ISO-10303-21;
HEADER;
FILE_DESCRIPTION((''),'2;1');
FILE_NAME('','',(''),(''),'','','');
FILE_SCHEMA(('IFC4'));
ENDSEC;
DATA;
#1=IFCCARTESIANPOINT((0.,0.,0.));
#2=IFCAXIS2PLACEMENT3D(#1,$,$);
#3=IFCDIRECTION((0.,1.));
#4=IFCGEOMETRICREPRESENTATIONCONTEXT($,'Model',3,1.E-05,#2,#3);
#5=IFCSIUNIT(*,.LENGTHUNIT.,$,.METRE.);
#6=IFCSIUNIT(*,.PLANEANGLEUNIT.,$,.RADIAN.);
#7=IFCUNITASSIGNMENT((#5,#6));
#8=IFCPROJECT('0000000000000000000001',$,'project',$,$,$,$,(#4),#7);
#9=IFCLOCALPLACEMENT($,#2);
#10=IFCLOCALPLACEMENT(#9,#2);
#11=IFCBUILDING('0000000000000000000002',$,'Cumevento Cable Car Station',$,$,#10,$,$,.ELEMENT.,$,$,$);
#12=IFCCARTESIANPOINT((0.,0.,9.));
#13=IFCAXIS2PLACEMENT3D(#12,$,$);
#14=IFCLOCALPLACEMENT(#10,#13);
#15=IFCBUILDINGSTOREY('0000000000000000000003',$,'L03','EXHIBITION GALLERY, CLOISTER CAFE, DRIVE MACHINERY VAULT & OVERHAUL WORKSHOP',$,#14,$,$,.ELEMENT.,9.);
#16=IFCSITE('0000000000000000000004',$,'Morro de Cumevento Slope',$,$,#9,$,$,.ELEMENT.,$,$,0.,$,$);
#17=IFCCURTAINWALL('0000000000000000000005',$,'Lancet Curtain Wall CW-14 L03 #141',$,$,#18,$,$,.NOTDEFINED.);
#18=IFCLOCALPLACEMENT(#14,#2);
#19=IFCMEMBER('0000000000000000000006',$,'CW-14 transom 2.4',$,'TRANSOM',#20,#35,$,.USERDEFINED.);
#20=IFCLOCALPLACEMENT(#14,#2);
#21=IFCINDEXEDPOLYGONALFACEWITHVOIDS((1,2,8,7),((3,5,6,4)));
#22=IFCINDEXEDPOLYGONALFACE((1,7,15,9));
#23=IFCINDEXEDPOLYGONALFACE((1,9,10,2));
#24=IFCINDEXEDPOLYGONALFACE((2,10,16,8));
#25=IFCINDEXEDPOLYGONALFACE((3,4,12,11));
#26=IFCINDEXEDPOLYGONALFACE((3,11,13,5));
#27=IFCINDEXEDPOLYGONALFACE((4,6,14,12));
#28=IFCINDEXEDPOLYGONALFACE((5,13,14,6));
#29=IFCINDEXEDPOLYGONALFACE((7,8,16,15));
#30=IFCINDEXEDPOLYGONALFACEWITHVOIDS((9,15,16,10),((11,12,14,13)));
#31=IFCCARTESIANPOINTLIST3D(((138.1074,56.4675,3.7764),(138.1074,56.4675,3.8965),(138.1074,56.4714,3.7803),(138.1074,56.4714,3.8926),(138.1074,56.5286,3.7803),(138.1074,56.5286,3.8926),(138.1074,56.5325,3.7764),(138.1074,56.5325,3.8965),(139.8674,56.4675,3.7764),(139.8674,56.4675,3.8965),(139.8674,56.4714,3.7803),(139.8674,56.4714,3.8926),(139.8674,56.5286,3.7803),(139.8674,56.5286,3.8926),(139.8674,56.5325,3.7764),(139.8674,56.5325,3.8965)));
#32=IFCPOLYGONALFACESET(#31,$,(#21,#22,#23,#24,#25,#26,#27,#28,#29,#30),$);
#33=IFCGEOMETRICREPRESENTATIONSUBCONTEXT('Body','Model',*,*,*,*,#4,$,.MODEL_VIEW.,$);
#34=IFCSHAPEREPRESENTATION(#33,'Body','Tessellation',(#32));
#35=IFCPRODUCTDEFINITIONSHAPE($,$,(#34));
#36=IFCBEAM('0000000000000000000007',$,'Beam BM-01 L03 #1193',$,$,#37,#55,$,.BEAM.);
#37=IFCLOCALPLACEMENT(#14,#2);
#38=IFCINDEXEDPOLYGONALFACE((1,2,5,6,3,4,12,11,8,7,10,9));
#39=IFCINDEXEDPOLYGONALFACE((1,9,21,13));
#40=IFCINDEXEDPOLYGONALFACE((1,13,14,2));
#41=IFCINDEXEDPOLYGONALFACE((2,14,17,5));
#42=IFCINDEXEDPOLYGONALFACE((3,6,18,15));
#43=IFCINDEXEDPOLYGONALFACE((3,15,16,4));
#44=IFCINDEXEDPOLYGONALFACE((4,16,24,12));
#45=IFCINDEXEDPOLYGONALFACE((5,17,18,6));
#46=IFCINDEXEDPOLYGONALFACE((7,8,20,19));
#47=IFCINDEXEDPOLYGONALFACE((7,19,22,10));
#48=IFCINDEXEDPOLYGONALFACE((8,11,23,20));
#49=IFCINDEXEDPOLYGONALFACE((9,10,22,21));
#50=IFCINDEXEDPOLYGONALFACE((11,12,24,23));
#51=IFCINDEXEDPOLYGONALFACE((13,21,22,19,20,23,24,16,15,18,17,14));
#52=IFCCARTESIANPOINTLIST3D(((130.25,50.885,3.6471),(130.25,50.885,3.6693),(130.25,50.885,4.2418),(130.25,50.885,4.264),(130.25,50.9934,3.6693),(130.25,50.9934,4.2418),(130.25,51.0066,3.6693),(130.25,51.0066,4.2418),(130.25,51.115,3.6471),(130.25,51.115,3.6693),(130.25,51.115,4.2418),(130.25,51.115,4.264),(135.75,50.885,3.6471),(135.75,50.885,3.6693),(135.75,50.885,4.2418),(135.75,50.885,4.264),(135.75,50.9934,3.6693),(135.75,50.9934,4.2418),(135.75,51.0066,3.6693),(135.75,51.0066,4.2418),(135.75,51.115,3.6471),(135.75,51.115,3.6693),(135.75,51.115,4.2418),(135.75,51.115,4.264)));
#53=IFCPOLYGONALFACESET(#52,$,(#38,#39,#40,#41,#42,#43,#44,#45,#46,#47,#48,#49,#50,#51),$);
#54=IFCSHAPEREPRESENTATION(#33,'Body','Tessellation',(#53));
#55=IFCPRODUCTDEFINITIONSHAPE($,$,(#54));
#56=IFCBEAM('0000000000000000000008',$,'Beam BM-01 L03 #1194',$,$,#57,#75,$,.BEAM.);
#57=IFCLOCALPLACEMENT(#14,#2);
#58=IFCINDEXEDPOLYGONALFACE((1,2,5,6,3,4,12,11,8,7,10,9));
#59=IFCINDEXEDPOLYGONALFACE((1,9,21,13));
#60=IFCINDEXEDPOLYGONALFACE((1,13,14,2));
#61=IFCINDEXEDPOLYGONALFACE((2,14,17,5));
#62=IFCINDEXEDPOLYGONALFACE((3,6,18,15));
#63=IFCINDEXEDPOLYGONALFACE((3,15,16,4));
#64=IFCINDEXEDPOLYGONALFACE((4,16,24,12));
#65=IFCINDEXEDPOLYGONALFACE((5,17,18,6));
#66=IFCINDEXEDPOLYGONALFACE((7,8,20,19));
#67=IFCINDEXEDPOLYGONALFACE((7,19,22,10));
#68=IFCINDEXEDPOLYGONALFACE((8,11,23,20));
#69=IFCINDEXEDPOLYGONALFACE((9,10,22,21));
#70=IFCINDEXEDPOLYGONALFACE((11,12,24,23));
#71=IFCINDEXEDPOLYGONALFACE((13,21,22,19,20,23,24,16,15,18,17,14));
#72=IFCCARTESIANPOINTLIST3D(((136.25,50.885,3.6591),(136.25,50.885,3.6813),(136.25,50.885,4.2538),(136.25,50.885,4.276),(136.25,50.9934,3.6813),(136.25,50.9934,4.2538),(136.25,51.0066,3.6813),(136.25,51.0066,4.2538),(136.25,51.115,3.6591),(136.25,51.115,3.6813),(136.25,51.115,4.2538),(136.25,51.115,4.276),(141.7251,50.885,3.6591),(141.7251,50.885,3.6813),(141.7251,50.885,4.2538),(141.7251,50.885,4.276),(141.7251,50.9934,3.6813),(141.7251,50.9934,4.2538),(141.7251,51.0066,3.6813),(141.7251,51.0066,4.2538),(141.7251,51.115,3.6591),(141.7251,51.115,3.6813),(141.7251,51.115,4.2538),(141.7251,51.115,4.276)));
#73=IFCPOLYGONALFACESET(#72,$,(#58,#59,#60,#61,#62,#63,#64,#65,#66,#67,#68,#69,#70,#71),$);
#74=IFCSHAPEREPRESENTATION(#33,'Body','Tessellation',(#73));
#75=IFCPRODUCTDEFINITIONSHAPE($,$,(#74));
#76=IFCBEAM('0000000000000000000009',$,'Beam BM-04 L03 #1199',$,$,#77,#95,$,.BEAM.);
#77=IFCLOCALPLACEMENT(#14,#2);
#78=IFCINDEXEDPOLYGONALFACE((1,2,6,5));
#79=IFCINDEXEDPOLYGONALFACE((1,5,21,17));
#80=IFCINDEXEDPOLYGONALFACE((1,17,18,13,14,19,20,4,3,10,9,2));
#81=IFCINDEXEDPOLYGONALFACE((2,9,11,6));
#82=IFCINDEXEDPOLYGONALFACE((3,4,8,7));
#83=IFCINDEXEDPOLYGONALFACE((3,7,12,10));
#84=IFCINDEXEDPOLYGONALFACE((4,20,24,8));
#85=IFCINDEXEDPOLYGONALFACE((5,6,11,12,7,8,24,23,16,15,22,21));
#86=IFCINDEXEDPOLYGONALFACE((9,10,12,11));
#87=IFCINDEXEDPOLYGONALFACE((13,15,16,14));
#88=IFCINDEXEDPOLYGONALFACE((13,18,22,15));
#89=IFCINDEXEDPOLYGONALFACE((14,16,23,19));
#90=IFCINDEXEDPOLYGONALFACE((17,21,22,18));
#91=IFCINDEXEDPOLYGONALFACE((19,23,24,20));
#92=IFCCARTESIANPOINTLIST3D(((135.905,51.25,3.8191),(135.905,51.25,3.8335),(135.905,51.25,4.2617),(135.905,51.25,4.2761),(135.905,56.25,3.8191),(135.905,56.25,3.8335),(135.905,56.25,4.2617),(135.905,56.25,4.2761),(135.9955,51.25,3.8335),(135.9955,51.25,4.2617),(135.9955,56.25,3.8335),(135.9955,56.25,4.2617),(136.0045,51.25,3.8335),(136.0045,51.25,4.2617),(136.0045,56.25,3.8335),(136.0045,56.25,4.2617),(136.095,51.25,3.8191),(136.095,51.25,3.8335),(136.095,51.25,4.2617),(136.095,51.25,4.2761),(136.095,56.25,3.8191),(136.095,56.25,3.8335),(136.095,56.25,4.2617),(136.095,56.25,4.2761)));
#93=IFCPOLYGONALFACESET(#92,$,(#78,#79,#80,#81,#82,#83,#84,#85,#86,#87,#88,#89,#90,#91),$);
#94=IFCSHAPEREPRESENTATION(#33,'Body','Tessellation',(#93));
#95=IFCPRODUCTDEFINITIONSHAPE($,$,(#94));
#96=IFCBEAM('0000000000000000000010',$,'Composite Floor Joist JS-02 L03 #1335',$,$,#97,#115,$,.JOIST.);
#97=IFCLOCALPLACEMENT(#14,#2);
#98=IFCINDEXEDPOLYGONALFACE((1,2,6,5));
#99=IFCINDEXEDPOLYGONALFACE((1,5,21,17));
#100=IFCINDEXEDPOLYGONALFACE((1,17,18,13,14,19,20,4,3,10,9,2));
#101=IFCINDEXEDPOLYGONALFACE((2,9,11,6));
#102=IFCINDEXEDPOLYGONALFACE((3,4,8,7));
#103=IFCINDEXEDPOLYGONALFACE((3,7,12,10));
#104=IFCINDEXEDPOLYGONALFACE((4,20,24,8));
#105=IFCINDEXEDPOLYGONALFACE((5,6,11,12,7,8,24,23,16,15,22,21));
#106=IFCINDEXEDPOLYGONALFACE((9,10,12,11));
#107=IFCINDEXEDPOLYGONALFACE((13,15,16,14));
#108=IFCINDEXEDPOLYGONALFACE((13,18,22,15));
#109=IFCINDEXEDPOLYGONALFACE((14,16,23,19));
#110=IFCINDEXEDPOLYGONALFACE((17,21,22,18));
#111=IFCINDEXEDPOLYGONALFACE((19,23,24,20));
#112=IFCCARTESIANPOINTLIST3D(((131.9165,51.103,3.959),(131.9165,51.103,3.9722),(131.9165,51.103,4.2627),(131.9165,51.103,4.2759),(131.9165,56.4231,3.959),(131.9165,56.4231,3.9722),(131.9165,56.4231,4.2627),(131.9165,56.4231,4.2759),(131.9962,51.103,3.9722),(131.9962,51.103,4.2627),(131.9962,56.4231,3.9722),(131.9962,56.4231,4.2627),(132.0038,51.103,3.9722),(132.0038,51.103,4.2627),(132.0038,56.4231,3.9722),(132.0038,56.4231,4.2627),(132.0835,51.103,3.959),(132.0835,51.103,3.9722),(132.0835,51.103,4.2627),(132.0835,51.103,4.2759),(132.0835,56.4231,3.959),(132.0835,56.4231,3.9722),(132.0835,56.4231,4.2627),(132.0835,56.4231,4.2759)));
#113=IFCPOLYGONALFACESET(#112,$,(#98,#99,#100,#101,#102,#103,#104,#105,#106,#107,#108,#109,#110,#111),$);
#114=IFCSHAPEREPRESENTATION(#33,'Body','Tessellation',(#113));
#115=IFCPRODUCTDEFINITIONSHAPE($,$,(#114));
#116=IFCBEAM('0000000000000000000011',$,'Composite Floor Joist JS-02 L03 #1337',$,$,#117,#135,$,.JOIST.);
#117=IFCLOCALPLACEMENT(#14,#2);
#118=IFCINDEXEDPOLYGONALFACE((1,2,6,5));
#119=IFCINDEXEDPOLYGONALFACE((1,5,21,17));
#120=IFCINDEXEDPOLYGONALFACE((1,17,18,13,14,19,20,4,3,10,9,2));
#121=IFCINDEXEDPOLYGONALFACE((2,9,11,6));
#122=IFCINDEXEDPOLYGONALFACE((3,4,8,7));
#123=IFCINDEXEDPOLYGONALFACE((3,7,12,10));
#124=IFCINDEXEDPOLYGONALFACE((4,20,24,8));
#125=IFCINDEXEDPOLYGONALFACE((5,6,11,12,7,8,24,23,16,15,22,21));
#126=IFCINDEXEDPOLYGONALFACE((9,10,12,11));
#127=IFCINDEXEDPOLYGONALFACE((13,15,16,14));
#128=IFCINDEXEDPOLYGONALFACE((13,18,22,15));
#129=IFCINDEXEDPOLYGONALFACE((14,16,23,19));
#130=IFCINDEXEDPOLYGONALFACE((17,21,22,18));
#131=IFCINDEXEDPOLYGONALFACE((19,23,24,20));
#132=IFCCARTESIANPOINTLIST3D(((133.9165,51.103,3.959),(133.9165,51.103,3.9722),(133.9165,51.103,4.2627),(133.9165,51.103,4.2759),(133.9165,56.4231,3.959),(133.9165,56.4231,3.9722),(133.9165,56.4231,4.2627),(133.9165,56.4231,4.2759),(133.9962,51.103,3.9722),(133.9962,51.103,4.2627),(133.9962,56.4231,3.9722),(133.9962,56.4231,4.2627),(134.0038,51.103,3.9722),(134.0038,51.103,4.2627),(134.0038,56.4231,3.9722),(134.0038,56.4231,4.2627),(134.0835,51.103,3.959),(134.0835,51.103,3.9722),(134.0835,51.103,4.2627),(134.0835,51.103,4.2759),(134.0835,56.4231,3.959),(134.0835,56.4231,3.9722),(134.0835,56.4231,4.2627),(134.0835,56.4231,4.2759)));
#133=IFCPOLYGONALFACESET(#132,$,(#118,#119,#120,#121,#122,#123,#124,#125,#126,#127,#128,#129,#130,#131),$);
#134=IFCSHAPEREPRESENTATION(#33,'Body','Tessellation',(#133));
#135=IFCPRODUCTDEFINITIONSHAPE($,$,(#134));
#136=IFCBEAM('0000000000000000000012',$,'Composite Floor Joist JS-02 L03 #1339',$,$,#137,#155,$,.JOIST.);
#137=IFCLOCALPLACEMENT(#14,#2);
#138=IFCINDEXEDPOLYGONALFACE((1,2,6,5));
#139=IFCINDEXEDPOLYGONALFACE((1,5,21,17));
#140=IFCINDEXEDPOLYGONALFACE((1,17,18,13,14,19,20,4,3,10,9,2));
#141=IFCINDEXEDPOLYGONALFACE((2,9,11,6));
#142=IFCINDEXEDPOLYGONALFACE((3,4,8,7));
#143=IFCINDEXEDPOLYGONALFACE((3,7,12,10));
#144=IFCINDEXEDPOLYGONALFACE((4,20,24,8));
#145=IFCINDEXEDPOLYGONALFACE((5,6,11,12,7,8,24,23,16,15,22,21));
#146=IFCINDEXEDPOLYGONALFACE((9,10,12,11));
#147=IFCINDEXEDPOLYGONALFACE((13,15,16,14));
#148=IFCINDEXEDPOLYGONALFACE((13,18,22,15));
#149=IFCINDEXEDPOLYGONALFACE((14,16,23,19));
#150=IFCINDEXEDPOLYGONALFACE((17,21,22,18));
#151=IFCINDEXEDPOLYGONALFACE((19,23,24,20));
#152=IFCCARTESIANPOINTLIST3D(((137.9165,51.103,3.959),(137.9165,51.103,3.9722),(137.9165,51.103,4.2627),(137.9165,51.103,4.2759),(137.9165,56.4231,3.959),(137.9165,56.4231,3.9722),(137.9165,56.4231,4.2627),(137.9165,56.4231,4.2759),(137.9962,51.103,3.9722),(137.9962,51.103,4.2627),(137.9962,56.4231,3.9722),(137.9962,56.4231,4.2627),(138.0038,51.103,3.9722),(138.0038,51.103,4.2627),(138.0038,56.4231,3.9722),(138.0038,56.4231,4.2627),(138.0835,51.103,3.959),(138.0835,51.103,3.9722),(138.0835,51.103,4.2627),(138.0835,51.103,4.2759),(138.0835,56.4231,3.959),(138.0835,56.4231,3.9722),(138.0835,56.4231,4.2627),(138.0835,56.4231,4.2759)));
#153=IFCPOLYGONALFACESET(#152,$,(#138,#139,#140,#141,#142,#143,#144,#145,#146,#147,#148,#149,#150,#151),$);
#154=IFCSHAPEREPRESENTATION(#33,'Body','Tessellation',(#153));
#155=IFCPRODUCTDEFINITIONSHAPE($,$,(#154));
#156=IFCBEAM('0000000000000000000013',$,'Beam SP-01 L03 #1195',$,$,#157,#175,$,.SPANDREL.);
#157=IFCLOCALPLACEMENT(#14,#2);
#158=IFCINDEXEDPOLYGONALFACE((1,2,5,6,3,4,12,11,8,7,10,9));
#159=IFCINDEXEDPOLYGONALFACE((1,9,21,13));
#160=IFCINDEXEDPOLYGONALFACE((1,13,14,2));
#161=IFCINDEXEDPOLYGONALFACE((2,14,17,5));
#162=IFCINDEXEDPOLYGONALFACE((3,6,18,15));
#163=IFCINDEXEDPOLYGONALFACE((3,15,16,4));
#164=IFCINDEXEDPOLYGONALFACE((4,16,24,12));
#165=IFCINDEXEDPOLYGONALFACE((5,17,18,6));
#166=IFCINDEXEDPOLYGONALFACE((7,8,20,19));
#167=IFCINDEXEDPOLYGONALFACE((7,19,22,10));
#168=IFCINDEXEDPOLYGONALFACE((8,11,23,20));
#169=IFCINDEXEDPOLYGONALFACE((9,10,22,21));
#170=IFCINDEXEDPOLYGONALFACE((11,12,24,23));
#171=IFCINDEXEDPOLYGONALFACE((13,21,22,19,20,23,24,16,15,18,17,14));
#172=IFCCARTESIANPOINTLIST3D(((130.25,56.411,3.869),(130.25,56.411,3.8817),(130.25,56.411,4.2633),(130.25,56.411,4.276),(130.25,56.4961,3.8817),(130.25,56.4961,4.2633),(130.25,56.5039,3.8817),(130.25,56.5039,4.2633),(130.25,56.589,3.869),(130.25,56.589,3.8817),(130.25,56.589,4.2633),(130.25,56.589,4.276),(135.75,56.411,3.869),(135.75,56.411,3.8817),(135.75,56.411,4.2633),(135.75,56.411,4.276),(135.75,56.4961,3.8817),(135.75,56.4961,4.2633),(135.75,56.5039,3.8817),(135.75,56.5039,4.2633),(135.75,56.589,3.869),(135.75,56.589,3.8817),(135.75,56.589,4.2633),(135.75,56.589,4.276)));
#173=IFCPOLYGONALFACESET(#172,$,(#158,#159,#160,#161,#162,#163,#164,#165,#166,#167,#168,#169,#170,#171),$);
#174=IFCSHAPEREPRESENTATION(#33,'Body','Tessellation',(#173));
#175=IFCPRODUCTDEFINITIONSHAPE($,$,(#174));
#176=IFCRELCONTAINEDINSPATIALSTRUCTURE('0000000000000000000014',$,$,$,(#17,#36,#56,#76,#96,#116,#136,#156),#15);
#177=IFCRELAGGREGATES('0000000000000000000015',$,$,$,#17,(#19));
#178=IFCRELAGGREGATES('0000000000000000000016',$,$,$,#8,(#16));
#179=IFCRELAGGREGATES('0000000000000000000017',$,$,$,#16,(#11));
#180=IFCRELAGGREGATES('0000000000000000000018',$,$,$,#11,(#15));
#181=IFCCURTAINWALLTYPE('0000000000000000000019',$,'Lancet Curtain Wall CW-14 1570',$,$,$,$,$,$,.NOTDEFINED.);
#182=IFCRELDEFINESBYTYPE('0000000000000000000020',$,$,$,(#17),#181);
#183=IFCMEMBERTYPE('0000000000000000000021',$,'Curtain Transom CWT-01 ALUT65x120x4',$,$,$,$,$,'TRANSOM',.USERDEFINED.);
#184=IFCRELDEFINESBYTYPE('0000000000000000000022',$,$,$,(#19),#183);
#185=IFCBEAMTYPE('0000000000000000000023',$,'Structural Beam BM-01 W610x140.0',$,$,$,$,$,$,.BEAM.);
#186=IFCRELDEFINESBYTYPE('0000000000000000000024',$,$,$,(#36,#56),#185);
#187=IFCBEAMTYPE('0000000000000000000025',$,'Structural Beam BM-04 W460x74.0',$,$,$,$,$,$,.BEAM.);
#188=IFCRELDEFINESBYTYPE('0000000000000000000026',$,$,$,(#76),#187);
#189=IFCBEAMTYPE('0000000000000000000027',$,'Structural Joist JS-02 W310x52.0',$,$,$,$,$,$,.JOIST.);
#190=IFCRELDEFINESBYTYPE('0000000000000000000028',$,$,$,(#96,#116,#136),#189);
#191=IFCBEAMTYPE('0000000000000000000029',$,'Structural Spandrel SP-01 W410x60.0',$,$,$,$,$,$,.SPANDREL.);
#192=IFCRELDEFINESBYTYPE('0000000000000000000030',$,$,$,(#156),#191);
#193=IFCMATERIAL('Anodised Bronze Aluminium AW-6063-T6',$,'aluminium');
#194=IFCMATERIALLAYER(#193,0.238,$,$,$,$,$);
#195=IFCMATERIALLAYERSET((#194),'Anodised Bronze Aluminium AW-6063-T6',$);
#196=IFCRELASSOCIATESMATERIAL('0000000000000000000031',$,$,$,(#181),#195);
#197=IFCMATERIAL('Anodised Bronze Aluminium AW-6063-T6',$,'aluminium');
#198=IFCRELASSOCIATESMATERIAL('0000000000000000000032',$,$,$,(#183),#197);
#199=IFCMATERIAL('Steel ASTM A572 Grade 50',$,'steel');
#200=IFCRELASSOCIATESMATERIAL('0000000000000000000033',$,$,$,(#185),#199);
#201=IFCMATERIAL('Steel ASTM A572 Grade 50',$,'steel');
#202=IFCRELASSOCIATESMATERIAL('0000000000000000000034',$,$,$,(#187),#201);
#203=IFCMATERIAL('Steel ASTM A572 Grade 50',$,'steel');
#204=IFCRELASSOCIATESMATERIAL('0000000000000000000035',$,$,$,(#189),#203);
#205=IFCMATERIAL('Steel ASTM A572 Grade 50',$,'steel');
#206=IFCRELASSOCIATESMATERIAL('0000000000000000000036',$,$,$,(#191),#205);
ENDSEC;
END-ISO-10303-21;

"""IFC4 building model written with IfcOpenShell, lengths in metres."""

from ifc_helpers import new_model, si_unit, direction, frame, origin, origin_2d, place, context, subcontext, project, spatial, hollow_rectangle, i_section, extrude, material, layer, layer_set, material_profile, profile_set, type_object, element, aggregate, save


model = new_model("IFC4")

# Units and contexts
model_context = context("Model", 3, precision=1e-05, world=origin(), true_north=direction((0.0, 1.0)))
body_context = subcontext(model_context, "Body", "Model", "MODEL_VIEW")
ifc_project = project(units=[si_unit("LENGTHUNIT", "METRE"), si_unit("PLANEANGLEUNIT", "RADIAN")], contexts=[model_context])

# Site, building, storey
site_placement = place(None, origin())
site = spatial("IfcSite", under=ifc_project, at=site_placement, Name="Morro de Cumevento Slope", CompositionType="ELEMENT", RefElevation=0.0)
building_placement = place(site_placement, origin())
building = spatial("IfcBuilding", under=site, at=building_placement, Name="Cumevento Cable Car Station", CompositionType="ELEMENT")
storey_placement = place(building_placement, frame((0.0, 0.0, 9.0)))
storey = spatial("IfcBuildingStorey", under=building, at=storey_placement, Name="L03", Description="EXHIBITION GALLERY, CLOISTER CAFE, DRIVE MACHINERY VAULT & OVERHAUL WORKSHOP", CompositionType="ELEMENT", Elevation=9.0)

# Curtain wall, member
ifc_material_1 = material(Name="Anodised Bronze Aluminium AW-6063-T6", Category="aluminium")
ifc_layer_1 = layer(ifc_material_1, 0.238)
ifc_layer_set_1 = layer_set([ifc_layer_1], Name="Anodised Bronze Aluminium AW-6063-T6")
curtain_wall_type = type_object("IfcCurtainWallType", Name="Lancet Curtain Wall CW-14 1570", PredefinedType="NOTDEFINED", material=ifc_layer_set_1)
curtain_wall_placement = place(storey_placement, origin())
curtain_wall = element("IfcCurtainWall", 1, at=curtain_wall_placement, inside=storey, type_object=curtain_wall_type, Name="Lancet Curtain Wall CW-14 L03 #141", PredefinedType="NOTDEFINED")
ifc_material_2 = material(Name="Anodised Bronze Aluminium AW-6063-T6", Category="aluminium")
ifc_material_profile_1 = material_profile(ifc_material_2, hollow_rectangle(XDim=0.0649, YDim=0.1201, WallThickness=0.0039, at=origin_2d()), Name="ALUT65x120x4")
ifc_profile_set_1 = profile_set([ifc_material_profile_1], Name="Anodised Bronze Aluminium AW-6063-T6")
member_type_1 = type_object("IfcMemberType", Name="Curtain Transom CWT-01 ALUT65x120x4", ElementType="TRANSOM", PredefinedType="USERDEFINED", material=ifc_profile_set_1)
member_1_placement = place(storey_placement, frame((138.1074, 56.5, 3.8364), z_axis=(1.0, 0.0, 0.0), x_axis=(0.0, 1.0, 0.0)))
member_1 = element("IfcMember", 2, at=member_1_placement, type_object=member_type_1, Name="CW-14 transom 2.4", ObjectType="TRANSOM", PredefinedType="USERDEFINED", context=body_context, shape_type="SweptSolid", body=[
    extrude(hollow_rectangle(XDim=0.0649, YDim=0.1201, WallThickness=0.0039, at=origin_2d()), origin(), (0.0, 0.0, 1.0), 1.76),
])

# Beams
ifc_material_3 = material(Name="Steel ASTM A572 Grade 50", Category="steel")
ifc_material_profile_2 = material_profile(ifc_material_3, i_section(OverallWidth=0.23, OverallDepth=0.6169, WebThickness=0.0132, FlangeThickness=0.0222, at=origin_2d()), Name="W610x140.0")
ifc_profile_set_2 = profile_set([ifc_material_profile_2], Name="Steel ASTM A572 Grade 50")
beam_type_1 = type_object("IfcBeamType", Name="Structural Beam BM-01 W610x140.0", PredefinedType="BEAM", material=ifc_profile_set_2)
beam_1_placement = place(storey_placement, frame((130.25, 51.0, 3.9556), z_axis=(1.0, 0.0, 0.0), x_axis=(0.0, 1.0, 0.0)))
element("IfcBeam", 3, at=beam_1_placement, inside=storey, type_object=beam_type_1, Name="Beam BM-01 L03 #1193", PredefinedType="BEAM", context=body_context, shape_type="SweptSolid", body=[
    extrude(i_section(OverallWidth=0.23, OverallDepth=0.6169, WebThickness=0.0132, FlangeThickness=0.0222, at=origin_2d()), origin(), (0.0, 0.0, 1.0), 5.5),
])
beam_2_placement = place(storey_placement, frame((136.25, 51.0, 3.9675), z_axis=(1.0, 0.0, 0.0), x_axis=(0.0, 1.0, 0.0)))
element("IfcBeam", 4, at=beam_2_placement, inside=storey, type_object=beam_type_1, Name="Beam BM-01 L03 #1194", PredefinedType="BEAM", context=body_context, shape_type="SweptSolid", body=[
    extrude(i_section(OverallWidth=0.23, OverallDepth=0.6169, WebThickness=0.0132, FlangeThickness=0.0222, at=origin_2d()), origin(), (0.0, 0.0, 1.0), 5.4751),
])
ifc_material_4 = material(Name="Steel ASTM A572 Grade 50", Category="steel")
ifc_material_profile_3 = material_profile(ifc_material_4, i_section(OverallWidth=0.1899, OverallDepth=0.457, WebThickness=0.009, FlangeThickness=0.0144, at=origin_2d()), Name="W460x74.0")
ifc_profile_set_3 = profile_set([ifc_material_profile_3], Name="Steel ASTM A572 Grade 50")
beam_type_2 = type_object("IfcBeamType", Name="Structural Beam BM-04 W460x74.0", PredefinedType="BEAM", material=ifc_profile_set_3)
beam_3_placement = place(storey_placement, frame((136.0, 51.25, 4.0476), z_axis=(0.0, 1.0, 0.0), x_axis=(-1.0, 0.0, 0.0)))
element("IfcBeam", 5, at=beam_3_placement, inside=storey, type_object=beam_type_2, Name="Beam BM-04 L03 #1199", PredefinedType="BEAM", context=body_context, shape_type="SweptSolid", body=[
    extrude(i_section(OverallWidth=0.1899, OverallDepth=0.457, WebThickness=0.009, FlangeThickness=0.0144, at=origin_2d()), origin(), (0.0, 0.0, 1.0), 5.0),
])
ifc_material_5 = material(Name="Steel ASTM A572 Grade 50", Category="steel")
ifc_material_profile_4 = material_profile(ifc_material_5, i_section(OverallWidth=0.167, OverallDepth=0.3169, WebThickness=0.0076, FlangeThickness=0.0132, at=origin_2d()), Name="W310x52.0")
ifc_profile_set_4 = profile_set([ifc_material_profile_4], Name="Steel ASTM A572 Grade 50")
beam_type_3 = type_object("IfcBeamType", Name="Structural Joist JS-02 W310x52.0", PredefinedType="JOIST", material=ifc_profile_set_4)
for number, where, z_axis, x_axis, name in (
    (6, (132.0, 51.103, 4.1174), (0.0, 1.0, 0.0), (-1.0, 0.0, 0.0), "Composite Floor Joist JS-02 L03 #1335"),
    (7, (134.0, 51.103, 4.1174), (0.0, 1.0, 0.0), (-1.0, 0.0, 0.0), "Composite Floor Joist JS-02 L03 #1337"),
    (8, (138.0, 51.103, 4.1174), (0.0, 1.0, 0.0), (-1.0, 0.0, 0.0), "Composite Floor Joist JS-02 L03 #1339"),
):
    element("IfcBeam", number, at=place(storey_placement, frame(where, z_axis=z_axis, x_axis=x_axis)), inside=storey, type_object=beam_type_3, Name=name, PredefinedType="JOIST", context=body_context, shape_type="SweptSolid", body=[
        extrude(i_section(OverallWidth=0.167, OverallDepth=0.3169, WebThickness=0.0076, FlangeThickness=0.0132, at=origin_2d()), origin(), (0.0, 0.0, 1.0), 5.3201),
    ])
ifc_material_6 = material(Name="Steel ASTM A572 Grade 50", Category="steel")
ifc_material_profile_5 = material_profile(ifc_material_6, i_section(OverallWidth=0.178, OverallDepth=0.407, WebThickness=0.0078, FlangeThickness=0.0127, at=origin_2d()), Name="W410x60.0")
ifc_profile_set_5 = profile_set([ifc_material_profile_5], Name="Steel ASTM A572 Grade 50")
beam_type_4 = type_object("IfcBeamType", Name="Structural Spandrel SP-01 W410x60.0", PredefinedType="SPANDREL", material=ifc_profile_set_5)
beam_4_placement = place(storey_placement, frame((130.25, 56.5, 4.0725), z_axis=(1.0, 0.0, 0.0), x_axis=(0.0, 1.0, 0.0)))
element("IfcBeam", 9, at=beam_4_placement, inside=storey, type_object=beam_type_4, Name="Beam SP-01 L03 #1195", PredefinedType="SPANDREL", context=body_context, shape_type="SweptSolid", body=[
    extrude(i_section(OverallWidth=0.178, OverallDepth=0.407, WebThickness=0.0078, FlangeThickness=0.0127, at=origin_2d()), origin(), (0.0, 0.0, 1.0), 5.5),
])

aggregate(curtain_wall, [member_1])

save(model, "model.ifc")
